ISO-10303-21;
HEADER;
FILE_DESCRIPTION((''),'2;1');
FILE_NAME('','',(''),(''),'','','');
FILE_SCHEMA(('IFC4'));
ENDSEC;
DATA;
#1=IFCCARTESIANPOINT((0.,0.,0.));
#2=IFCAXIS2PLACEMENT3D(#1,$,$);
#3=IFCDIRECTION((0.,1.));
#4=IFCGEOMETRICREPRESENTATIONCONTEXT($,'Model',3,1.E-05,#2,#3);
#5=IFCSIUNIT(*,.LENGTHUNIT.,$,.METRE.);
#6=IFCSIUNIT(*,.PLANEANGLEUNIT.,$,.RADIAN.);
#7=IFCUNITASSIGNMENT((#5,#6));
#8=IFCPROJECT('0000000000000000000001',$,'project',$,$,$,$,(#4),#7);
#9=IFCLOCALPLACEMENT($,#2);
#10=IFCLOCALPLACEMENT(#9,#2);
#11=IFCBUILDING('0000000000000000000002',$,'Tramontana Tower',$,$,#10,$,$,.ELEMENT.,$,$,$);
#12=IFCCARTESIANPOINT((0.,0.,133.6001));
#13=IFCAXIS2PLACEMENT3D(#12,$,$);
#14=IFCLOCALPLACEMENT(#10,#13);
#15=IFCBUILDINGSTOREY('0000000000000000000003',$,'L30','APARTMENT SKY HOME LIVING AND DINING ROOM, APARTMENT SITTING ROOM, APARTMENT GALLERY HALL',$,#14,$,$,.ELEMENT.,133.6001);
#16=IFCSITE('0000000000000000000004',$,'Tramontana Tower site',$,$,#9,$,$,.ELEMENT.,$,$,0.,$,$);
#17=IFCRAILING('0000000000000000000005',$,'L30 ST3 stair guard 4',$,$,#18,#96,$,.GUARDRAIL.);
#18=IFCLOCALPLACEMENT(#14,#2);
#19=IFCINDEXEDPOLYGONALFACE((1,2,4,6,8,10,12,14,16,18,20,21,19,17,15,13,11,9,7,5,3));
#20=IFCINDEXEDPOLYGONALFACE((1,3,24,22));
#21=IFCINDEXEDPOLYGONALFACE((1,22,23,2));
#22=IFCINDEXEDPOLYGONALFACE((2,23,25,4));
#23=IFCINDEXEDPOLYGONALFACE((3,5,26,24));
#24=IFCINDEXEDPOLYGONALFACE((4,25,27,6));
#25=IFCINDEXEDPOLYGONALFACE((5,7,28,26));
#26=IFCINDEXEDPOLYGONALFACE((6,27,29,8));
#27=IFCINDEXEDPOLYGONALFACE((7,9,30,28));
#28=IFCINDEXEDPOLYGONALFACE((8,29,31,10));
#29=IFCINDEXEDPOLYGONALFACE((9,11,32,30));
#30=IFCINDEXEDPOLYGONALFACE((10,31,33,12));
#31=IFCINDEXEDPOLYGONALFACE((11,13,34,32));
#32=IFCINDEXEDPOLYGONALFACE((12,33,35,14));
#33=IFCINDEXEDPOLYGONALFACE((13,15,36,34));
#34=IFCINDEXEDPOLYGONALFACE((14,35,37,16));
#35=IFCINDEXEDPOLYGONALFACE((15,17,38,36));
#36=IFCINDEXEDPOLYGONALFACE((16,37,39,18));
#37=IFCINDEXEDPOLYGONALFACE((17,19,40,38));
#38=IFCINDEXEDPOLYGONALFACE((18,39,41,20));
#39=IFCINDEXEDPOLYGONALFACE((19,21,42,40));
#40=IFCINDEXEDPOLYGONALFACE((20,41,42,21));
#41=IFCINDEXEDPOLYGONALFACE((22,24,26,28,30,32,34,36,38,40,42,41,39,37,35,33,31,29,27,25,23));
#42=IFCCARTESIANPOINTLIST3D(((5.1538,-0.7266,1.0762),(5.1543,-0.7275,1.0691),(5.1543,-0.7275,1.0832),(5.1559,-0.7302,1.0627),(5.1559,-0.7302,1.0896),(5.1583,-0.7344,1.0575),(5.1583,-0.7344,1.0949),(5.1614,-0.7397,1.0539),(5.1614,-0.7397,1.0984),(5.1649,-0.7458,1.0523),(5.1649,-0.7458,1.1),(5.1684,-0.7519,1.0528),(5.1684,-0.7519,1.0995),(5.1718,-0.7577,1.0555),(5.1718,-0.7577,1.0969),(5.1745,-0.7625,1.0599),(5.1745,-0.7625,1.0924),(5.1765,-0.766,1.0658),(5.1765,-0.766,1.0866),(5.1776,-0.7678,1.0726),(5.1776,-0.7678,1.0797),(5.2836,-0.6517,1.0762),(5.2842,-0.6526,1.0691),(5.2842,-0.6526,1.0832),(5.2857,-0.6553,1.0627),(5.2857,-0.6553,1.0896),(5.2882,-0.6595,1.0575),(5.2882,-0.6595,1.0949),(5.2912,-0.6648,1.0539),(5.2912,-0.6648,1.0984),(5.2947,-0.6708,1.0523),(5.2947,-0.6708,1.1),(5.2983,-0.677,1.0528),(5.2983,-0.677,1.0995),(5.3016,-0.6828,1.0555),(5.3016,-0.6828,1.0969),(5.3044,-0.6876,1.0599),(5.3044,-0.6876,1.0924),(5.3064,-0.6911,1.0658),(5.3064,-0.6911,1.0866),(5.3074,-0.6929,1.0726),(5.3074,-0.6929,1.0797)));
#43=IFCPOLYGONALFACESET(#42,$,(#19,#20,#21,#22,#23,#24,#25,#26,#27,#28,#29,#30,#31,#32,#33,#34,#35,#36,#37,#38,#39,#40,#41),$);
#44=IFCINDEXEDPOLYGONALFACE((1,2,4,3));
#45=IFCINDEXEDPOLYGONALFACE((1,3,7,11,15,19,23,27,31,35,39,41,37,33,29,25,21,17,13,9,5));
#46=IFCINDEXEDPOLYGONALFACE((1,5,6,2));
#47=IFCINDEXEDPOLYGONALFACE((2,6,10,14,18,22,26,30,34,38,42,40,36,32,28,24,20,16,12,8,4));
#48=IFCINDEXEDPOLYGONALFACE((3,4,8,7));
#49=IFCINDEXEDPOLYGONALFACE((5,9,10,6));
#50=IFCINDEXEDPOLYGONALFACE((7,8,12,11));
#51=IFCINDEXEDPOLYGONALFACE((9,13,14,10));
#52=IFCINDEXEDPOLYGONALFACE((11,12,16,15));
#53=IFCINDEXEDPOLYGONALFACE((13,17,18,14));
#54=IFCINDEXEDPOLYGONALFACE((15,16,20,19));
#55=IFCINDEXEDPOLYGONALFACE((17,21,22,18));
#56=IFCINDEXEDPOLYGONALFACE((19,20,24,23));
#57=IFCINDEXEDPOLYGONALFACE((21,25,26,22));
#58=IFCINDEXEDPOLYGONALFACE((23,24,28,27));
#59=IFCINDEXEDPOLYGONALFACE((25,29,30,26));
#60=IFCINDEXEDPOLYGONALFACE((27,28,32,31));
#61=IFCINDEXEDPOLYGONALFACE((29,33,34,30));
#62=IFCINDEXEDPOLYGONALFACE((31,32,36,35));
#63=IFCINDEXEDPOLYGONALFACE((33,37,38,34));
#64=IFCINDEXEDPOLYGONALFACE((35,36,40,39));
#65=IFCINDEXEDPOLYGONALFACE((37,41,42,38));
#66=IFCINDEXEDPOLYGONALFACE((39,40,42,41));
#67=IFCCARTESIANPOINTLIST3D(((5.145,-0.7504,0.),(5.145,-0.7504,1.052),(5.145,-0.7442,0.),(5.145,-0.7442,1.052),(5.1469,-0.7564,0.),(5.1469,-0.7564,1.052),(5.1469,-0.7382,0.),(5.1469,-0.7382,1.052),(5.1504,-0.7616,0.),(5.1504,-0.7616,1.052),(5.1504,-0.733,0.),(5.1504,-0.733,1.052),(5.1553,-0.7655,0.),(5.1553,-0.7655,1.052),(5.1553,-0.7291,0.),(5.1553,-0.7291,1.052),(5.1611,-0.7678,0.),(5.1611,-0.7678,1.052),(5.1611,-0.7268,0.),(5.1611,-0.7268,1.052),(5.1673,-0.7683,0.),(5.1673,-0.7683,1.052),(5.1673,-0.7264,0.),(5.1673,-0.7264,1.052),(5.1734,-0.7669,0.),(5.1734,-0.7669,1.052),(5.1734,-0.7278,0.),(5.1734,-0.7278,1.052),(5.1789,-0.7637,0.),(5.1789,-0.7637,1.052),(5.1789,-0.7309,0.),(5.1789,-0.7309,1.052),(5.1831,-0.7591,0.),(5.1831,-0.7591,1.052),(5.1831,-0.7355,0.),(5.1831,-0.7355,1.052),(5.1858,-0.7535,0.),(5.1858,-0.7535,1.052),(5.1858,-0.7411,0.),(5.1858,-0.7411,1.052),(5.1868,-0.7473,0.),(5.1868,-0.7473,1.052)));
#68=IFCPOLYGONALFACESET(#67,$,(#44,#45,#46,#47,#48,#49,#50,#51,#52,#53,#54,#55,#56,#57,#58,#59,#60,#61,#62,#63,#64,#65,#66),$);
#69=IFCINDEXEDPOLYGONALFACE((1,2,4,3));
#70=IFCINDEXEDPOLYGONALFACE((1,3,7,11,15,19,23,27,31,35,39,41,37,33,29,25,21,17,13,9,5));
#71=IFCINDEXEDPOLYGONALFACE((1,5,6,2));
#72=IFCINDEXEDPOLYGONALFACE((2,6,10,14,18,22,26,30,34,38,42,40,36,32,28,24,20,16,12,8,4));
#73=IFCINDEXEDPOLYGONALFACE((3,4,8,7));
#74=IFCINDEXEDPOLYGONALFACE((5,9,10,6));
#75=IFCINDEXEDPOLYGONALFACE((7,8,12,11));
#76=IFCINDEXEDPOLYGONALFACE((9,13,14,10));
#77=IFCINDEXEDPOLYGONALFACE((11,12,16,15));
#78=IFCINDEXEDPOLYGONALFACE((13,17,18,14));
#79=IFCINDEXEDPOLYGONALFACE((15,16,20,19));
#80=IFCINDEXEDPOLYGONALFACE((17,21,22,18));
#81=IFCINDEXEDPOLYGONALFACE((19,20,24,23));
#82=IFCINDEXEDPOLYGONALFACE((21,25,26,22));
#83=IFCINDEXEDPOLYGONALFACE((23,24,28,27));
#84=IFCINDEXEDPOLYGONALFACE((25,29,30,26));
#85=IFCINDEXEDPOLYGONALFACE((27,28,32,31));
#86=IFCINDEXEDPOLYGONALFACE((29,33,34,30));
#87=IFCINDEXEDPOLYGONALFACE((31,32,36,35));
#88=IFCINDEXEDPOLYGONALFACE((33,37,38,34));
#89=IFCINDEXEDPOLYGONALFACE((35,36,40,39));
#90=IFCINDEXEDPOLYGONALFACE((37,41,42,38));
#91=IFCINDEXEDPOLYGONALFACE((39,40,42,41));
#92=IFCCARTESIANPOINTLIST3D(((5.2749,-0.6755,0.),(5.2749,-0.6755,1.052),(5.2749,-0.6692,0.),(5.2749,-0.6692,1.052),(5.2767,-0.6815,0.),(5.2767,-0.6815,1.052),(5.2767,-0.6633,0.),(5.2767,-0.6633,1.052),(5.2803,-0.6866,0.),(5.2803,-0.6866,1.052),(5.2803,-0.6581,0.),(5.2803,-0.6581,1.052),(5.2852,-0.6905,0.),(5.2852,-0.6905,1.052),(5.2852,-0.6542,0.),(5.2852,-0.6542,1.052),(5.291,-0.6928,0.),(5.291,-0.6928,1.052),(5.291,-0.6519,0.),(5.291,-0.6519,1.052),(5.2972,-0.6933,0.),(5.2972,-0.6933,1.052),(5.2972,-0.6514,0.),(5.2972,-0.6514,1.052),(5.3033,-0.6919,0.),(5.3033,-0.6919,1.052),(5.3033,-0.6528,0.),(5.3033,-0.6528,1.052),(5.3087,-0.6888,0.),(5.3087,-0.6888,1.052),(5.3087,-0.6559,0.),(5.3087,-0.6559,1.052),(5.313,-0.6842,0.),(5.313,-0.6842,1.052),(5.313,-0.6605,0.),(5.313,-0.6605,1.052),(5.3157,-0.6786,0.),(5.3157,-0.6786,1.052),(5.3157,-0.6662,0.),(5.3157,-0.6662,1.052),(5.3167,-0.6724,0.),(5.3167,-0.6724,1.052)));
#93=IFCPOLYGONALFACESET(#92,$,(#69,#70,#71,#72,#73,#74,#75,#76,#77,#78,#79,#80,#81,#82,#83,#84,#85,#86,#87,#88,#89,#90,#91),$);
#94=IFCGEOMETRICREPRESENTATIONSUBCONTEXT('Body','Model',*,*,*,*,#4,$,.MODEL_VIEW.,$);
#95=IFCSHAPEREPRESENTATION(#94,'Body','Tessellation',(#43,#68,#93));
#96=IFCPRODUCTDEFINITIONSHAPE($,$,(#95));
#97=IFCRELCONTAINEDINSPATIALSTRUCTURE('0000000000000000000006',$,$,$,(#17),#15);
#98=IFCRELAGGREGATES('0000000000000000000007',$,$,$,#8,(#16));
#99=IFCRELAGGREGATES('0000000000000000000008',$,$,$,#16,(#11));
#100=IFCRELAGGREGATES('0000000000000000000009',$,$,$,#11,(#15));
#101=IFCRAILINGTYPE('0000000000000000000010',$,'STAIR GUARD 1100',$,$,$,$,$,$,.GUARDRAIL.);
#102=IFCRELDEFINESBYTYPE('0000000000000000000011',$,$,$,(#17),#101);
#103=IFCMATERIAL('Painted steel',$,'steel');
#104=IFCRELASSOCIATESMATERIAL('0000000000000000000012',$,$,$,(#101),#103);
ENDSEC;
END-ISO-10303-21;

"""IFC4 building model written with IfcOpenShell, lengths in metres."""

from ifc_helpers import new_model, si_unit, direction, frame, origin, origin_2d, place, context, subcontext, project, spatial, circle, extrude, material, type_object, element, save


model = new_model("IFC4")

# Units and contexts
model_context = context("Model", 3, precision=1e-05, world=origin(), true_north=direction((0.0, 1.0)))
body_context = subcontext(model_context, "Body", "Model", "MODEL_VIEW")
ifc_project = project(units=[si_unit("LENGTHUNIT", "METRE"), si_unit("PLANEANGLEUNIT", "RADIAN")], contexts=[model_context])

# Site, building, storey
site_placement = place(None, origin())
site = spatial("IfcSite", under=ifc_project, at=site_placement, Name="Tramontana Tower site", CompositionType="ELEMENT", RefElevation=0.0)
building_placement = place(site_placement, origin())
building = spatial("IfcBuilding", under=site, at=building_placement, Name="Tramontana Tower", CompositionType="ELEMENT")
storey_placement = place(building_placement, frame((0.0, 0.0, 133.6001)))
storey = spatial("IfcBuildingStorey", under=building, at=storey_placement, Name="L30", Description="APARTMENT SKY HOME LIVING AND DINING ROOM, APARTMENT SITTING ROOM, APARTMENT GALLERY HALL", CompositionType="ELEMENT", Elevation=133.6001)

# Railing
ifc_material_1 = material(Name="Painted steel", Category="steel")
railing_type = type_object("IfcRailingType", Name="STAIR GUARD 1100", PredefinedType="GUARDRAIL", material=ifc_material_1)
railing_1_placement = place(storey_placement, frame((5.1658, -0.7473, 0.0)))
element("IfcRailing", 1, at=railing_1_placement, inside=storey, type_object=railing_type, Name="L30 ST3 stair guard 4", PredefinedType="GUARDRAIL", context=body_context, shape_type="SweptSolid", body=[
    extrude(circle(Radius=0.0239, at=origin_2d()), frame((0.0, 0.0, 1.0762), z_axis=(0.866131, 0.499816, 0.0), x_axis=(-0.499816, 0.866131, 0.0)), (0.0, 0.0, 1.0), 0.1499),
    extrude(circle(Radius=0.021, at=origin_2d()), origin(), (0.0, 0.0, 1.0), 1.052),
    extrude(circle(Radius=0.021, at=origin_2d()), frame((0.1299, 0.075, 0.0)), (0.0, 0.0, 1.0), 1.052),
])

save(model, "model.ifc")
